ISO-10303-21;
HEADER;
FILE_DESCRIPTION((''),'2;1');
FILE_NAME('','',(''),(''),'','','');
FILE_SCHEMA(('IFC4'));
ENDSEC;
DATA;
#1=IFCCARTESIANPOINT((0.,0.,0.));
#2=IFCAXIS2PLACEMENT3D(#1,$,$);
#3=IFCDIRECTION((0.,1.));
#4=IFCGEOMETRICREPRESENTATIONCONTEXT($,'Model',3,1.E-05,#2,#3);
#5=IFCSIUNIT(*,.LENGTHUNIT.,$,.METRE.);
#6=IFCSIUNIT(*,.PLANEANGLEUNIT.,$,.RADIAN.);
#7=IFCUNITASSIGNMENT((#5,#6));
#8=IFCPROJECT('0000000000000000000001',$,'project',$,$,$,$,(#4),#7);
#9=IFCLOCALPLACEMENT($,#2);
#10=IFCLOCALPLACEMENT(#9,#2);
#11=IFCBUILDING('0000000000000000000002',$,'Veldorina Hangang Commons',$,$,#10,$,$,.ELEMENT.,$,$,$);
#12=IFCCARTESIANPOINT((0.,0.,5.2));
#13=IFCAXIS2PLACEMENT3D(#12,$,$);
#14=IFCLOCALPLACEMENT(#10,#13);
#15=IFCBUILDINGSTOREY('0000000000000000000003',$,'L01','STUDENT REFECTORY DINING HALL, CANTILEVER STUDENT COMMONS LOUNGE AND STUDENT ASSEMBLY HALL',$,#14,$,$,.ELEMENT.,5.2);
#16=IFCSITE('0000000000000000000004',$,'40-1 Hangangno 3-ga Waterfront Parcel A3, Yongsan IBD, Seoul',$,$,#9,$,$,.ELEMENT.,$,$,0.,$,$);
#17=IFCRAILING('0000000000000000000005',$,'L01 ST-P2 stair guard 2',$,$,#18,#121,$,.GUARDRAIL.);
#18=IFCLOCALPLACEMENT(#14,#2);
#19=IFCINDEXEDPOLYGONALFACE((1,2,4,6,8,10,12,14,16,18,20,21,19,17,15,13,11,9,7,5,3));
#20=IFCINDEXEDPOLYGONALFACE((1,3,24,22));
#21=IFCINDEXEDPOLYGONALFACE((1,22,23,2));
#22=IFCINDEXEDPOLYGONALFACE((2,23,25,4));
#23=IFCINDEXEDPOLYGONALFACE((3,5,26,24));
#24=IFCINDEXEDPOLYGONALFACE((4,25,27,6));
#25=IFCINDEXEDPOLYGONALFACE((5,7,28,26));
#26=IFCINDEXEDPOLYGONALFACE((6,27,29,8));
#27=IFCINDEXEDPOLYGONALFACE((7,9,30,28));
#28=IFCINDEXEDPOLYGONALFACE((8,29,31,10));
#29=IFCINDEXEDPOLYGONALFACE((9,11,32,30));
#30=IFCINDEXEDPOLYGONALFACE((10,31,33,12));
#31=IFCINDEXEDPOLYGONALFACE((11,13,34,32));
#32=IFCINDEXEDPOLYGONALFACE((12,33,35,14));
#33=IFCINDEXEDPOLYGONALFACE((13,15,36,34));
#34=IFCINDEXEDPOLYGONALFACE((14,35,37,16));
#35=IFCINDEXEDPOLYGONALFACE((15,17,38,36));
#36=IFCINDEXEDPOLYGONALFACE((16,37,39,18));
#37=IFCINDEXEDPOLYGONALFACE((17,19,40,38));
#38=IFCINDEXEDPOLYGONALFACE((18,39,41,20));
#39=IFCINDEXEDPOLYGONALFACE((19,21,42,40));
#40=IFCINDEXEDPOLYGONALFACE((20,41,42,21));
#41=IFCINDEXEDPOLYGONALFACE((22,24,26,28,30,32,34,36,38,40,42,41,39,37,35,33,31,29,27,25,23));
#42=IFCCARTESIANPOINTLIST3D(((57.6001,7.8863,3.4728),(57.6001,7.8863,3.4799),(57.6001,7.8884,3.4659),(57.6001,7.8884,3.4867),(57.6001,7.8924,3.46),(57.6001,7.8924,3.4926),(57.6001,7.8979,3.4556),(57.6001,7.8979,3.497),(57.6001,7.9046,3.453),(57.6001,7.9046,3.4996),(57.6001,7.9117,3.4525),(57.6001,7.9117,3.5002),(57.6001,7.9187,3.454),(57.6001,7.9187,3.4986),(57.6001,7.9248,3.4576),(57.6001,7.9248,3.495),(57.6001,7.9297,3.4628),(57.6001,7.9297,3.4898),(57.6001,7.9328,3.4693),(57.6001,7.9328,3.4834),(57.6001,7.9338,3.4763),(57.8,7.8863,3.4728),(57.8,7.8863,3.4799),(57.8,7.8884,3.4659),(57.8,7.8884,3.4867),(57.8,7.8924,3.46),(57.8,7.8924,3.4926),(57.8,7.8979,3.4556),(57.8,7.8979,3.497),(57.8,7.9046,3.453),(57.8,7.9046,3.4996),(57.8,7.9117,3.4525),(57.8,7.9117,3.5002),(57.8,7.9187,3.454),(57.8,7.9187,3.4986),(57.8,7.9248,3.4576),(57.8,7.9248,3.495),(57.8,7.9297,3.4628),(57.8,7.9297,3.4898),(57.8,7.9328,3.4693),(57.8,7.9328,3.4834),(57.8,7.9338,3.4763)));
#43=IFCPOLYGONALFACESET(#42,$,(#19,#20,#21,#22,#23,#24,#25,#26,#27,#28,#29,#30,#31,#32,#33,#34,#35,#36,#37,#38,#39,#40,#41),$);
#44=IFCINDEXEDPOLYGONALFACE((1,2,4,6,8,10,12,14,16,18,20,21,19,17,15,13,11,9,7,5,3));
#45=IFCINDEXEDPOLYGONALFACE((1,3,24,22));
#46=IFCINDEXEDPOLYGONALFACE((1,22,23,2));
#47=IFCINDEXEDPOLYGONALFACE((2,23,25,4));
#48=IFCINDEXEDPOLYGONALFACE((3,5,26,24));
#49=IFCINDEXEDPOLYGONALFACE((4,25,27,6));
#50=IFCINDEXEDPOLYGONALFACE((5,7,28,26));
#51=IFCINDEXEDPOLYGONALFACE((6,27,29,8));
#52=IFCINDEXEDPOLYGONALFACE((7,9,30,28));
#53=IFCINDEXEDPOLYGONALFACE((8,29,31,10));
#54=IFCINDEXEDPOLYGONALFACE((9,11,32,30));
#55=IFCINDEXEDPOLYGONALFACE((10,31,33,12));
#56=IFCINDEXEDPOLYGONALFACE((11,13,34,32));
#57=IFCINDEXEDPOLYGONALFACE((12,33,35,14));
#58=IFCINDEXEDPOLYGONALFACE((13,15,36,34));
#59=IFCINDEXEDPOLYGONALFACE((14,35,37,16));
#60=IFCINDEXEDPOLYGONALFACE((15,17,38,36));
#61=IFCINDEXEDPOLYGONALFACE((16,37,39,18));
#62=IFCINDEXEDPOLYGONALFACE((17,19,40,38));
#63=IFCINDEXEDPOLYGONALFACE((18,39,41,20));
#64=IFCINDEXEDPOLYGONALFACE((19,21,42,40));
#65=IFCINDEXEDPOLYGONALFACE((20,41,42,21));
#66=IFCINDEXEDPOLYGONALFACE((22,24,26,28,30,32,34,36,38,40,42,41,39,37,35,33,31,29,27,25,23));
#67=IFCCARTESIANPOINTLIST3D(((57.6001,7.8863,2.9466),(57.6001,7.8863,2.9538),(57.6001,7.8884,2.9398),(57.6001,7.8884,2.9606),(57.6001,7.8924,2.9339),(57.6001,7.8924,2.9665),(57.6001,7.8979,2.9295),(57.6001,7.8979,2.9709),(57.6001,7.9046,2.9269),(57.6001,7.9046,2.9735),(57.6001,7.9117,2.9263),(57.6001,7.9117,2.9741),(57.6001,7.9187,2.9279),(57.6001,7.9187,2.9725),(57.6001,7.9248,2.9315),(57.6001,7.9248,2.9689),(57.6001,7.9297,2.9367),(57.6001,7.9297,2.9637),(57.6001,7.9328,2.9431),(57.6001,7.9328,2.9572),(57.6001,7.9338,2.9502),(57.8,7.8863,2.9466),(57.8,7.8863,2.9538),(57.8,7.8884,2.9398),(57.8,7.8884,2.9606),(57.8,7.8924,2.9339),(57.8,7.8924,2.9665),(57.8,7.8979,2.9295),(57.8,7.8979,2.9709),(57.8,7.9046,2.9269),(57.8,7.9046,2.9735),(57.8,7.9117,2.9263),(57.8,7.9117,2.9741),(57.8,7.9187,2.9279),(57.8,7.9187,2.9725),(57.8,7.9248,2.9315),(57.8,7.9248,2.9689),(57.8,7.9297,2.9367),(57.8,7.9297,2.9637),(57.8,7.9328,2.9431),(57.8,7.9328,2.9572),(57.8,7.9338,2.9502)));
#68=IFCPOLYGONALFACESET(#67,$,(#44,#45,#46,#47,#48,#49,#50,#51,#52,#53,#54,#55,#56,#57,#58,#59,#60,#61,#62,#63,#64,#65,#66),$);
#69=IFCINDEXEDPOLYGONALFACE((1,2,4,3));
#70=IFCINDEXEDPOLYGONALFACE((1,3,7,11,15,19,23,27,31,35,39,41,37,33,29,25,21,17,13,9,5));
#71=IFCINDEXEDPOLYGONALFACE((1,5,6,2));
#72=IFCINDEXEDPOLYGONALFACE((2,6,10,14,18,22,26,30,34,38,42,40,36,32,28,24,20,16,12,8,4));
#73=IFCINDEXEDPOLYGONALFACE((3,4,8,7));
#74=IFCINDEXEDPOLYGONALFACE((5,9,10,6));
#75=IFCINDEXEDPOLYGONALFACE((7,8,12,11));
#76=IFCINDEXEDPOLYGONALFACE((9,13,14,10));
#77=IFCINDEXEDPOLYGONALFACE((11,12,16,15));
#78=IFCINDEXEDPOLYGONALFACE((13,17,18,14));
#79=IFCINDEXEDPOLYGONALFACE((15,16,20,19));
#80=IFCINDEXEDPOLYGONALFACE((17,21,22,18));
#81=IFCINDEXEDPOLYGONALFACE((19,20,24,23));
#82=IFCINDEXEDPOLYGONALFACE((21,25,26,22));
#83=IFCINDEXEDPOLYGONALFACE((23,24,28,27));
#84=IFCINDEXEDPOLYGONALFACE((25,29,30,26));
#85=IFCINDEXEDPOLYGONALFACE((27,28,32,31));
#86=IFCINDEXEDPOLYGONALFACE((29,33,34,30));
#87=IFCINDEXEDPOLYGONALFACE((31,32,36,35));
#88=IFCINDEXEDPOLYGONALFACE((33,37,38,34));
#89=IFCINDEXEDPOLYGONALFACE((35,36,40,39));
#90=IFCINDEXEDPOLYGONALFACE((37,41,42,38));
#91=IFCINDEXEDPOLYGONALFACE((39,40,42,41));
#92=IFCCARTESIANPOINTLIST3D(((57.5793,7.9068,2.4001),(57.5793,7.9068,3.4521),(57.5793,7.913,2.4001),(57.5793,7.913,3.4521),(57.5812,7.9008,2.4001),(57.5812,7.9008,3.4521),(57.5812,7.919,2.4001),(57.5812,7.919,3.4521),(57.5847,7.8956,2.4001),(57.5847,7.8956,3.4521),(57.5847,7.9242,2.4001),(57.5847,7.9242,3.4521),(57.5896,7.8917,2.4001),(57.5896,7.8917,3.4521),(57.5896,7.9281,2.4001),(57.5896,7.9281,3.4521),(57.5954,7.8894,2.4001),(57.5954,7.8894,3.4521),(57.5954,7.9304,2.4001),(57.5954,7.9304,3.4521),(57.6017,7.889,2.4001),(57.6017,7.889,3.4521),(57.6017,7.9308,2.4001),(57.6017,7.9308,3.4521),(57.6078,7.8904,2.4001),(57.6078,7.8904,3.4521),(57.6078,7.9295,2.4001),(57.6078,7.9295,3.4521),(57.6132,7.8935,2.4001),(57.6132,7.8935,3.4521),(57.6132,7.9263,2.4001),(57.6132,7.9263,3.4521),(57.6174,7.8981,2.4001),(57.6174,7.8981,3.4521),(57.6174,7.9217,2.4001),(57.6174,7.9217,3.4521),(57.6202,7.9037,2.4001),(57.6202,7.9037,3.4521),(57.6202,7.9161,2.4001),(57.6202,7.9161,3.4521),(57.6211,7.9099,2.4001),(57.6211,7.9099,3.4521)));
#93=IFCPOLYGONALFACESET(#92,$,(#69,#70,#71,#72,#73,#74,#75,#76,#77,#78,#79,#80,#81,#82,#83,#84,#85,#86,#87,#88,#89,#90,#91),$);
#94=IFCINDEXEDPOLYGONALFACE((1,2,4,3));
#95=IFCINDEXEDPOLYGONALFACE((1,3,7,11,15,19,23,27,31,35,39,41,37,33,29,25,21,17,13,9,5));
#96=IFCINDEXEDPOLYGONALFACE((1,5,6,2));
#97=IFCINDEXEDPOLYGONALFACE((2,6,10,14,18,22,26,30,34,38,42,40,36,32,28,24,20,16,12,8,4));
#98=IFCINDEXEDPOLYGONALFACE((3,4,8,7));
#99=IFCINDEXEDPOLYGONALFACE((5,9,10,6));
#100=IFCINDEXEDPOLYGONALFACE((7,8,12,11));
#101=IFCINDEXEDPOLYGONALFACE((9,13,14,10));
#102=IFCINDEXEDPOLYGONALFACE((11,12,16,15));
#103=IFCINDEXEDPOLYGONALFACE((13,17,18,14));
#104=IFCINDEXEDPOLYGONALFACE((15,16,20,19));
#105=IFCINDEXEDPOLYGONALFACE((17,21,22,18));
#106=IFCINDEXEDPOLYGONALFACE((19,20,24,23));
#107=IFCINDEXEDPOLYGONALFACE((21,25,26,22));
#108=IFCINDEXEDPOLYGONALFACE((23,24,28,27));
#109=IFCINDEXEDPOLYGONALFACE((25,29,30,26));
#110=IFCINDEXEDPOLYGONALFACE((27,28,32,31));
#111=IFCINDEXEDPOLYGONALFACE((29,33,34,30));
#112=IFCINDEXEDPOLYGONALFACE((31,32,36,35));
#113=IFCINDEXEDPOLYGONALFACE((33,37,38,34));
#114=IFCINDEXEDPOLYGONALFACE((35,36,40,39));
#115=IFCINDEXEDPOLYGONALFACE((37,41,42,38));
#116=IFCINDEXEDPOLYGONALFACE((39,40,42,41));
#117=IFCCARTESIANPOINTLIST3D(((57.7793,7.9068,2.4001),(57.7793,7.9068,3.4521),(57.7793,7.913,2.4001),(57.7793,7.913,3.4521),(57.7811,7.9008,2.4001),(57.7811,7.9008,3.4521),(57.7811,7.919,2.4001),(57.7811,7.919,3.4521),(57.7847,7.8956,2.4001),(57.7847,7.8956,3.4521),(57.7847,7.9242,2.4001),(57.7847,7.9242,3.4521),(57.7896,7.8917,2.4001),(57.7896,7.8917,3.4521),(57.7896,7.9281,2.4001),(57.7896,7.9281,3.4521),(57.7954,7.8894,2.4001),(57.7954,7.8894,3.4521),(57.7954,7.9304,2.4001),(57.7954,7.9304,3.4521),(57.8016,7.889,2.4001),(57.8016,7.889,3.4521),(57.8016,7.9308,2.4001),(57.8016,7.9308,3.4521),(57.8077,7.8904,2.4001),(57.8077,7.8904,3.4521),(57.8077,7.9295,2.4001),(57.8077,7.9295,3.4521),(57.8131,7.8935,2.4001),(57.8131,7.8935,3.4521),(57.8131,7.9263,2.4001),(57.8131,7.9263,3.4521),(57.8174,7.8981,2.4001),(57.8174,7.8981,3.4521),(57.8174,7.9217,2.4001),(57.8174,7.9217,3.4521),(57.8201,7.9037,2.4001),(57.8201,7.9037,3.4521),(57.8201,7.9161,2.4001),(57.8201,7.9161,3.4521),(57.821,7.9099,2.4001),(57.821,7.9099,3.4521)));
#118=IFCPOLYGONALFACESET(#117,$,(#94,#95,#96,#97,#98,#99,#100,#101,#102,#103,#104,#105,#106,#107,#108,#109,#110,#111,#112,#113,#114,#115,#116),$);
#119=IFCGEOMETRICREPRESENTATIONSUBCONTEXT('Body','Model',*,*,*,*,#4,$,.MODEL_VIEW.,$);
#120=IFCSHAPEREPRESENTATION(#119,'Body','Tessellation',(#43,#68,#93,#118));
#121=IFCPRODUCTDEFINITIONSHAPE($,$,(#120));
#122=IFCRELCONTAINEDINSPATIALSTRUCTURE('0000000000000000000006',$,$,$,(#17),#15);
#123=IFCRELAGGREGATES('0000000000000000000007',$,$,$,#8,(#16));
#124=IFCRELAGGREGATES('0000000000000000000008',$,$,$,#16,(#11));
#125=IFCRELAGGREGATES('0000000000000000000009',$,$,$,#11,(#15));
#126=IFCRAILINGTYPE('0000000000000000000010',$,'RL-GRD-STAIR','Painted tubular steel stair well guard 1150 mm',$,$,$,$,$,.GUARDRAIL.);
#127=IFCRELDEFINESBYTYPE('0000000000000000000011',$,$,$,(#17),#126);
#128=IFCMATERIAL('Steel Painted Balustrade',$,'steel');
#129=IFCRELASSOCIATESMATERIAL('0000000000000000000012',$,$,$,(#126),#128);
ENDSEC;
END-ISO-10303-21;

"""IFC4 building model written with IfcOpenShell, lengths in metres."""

from ifc_helpers import new_model, si_unit, direction, frame, origin, origin_2d, place, context, subcontext, project, spatial, circle, extrude, material, type_object, element, save


model = new_model("IFC4")

# Units and contexts
model_context = context("Model", 3, precision=1e-05, world=origin(), true_north=direction((0.0, 1.0)))
body_context = subcontext(model_context, "Body", "Model", "MODEL_VIEW")
ifc_project = project(units=[si_unit("LENGTHUNIT", "METRE"), si_unit("PLANEANGLEUNIT", "RADIAN")], contexts=[model_context])

# Site, building, storey
site_placement = place(None, origin())
site = spatial("IfcSite", under=ifc_project, at=site_placement, Name="40-1 Hangangno 3-ga Waterfront Parcel A3, Yongsan IBD, Seoul", CompositionType="ELEMENT", RefElevation=0.0)
building_placement = place(site_placement, origin())
building = spatial("IfcBuilding", under=site, at=building_placement, Name="Veldorina Hangang Commons", CompositionType="ELEMENT")
storey_placement = place(building_placement, frame((0.0, 0.0, 5.2)))
storey = spatial("IfcBuildingStorey", under=building, at=storey_placement, Name="L01", Description="STUDENT REFECTORY DINING HALL, CANTILEVER STUDENT COMMONS LOUNGE AND STUDENT ASSEMBLY HALL", CompositionType="ELEMENT", Elevation=5.2)

# Railing
ifc_material_1 = material(Name="Steel Painted Balustrade", Category="steel")
railing_type_1 = type_object("IfcRailingType", Name="RL-GRD-STAIR", Description="Painted tubular steel stair well guard 1150 mm", PredefinedType="GUARDRAIL", material=ifc_material_1)
railing_1_placement = place(storey_placement, frame((57.6001, 7.9099, 2.4001)))
element("IfcRailing", 1, at=railing_1_placement, inside=storey, type_object=railing_type_1, Name="L01 ST-P2 stair guard 2", PredefinedType="GUARDRAIL", context=body_context, shape_type="SweptSolid", body=[
    extrude(circle(Radius=0.0239, at=origin_2d()), frame((0.0, 0.0, 1.0762), z_axis=(1.0, 0.0, 0.0), x_axis=(0.0, 1.0, 0.0)), (0.0, 0.0, 1.0), 0.2),
    extrude(circle(Radius=0.0239, at=origin_2d()), frame((0.0, 0.0, 0.55), z_axis=(1.0, 0.0, 0.0), x_axis=(0.0, 1.0, 0.0)), (0.0, 0.0, 1.0), 0.2),
    extrude(circle(Radius=0.021, at=origin_2d()), origin(), (0.0, 0.0, 1.0), 1.052),
    extrude(circle(Radius=0.021, at=origin_2d()), frame((0.2, 0.0, 0.0)), (0.0, 0.0, 1.0), 1.052),
])

save(model, "model.ifc")
